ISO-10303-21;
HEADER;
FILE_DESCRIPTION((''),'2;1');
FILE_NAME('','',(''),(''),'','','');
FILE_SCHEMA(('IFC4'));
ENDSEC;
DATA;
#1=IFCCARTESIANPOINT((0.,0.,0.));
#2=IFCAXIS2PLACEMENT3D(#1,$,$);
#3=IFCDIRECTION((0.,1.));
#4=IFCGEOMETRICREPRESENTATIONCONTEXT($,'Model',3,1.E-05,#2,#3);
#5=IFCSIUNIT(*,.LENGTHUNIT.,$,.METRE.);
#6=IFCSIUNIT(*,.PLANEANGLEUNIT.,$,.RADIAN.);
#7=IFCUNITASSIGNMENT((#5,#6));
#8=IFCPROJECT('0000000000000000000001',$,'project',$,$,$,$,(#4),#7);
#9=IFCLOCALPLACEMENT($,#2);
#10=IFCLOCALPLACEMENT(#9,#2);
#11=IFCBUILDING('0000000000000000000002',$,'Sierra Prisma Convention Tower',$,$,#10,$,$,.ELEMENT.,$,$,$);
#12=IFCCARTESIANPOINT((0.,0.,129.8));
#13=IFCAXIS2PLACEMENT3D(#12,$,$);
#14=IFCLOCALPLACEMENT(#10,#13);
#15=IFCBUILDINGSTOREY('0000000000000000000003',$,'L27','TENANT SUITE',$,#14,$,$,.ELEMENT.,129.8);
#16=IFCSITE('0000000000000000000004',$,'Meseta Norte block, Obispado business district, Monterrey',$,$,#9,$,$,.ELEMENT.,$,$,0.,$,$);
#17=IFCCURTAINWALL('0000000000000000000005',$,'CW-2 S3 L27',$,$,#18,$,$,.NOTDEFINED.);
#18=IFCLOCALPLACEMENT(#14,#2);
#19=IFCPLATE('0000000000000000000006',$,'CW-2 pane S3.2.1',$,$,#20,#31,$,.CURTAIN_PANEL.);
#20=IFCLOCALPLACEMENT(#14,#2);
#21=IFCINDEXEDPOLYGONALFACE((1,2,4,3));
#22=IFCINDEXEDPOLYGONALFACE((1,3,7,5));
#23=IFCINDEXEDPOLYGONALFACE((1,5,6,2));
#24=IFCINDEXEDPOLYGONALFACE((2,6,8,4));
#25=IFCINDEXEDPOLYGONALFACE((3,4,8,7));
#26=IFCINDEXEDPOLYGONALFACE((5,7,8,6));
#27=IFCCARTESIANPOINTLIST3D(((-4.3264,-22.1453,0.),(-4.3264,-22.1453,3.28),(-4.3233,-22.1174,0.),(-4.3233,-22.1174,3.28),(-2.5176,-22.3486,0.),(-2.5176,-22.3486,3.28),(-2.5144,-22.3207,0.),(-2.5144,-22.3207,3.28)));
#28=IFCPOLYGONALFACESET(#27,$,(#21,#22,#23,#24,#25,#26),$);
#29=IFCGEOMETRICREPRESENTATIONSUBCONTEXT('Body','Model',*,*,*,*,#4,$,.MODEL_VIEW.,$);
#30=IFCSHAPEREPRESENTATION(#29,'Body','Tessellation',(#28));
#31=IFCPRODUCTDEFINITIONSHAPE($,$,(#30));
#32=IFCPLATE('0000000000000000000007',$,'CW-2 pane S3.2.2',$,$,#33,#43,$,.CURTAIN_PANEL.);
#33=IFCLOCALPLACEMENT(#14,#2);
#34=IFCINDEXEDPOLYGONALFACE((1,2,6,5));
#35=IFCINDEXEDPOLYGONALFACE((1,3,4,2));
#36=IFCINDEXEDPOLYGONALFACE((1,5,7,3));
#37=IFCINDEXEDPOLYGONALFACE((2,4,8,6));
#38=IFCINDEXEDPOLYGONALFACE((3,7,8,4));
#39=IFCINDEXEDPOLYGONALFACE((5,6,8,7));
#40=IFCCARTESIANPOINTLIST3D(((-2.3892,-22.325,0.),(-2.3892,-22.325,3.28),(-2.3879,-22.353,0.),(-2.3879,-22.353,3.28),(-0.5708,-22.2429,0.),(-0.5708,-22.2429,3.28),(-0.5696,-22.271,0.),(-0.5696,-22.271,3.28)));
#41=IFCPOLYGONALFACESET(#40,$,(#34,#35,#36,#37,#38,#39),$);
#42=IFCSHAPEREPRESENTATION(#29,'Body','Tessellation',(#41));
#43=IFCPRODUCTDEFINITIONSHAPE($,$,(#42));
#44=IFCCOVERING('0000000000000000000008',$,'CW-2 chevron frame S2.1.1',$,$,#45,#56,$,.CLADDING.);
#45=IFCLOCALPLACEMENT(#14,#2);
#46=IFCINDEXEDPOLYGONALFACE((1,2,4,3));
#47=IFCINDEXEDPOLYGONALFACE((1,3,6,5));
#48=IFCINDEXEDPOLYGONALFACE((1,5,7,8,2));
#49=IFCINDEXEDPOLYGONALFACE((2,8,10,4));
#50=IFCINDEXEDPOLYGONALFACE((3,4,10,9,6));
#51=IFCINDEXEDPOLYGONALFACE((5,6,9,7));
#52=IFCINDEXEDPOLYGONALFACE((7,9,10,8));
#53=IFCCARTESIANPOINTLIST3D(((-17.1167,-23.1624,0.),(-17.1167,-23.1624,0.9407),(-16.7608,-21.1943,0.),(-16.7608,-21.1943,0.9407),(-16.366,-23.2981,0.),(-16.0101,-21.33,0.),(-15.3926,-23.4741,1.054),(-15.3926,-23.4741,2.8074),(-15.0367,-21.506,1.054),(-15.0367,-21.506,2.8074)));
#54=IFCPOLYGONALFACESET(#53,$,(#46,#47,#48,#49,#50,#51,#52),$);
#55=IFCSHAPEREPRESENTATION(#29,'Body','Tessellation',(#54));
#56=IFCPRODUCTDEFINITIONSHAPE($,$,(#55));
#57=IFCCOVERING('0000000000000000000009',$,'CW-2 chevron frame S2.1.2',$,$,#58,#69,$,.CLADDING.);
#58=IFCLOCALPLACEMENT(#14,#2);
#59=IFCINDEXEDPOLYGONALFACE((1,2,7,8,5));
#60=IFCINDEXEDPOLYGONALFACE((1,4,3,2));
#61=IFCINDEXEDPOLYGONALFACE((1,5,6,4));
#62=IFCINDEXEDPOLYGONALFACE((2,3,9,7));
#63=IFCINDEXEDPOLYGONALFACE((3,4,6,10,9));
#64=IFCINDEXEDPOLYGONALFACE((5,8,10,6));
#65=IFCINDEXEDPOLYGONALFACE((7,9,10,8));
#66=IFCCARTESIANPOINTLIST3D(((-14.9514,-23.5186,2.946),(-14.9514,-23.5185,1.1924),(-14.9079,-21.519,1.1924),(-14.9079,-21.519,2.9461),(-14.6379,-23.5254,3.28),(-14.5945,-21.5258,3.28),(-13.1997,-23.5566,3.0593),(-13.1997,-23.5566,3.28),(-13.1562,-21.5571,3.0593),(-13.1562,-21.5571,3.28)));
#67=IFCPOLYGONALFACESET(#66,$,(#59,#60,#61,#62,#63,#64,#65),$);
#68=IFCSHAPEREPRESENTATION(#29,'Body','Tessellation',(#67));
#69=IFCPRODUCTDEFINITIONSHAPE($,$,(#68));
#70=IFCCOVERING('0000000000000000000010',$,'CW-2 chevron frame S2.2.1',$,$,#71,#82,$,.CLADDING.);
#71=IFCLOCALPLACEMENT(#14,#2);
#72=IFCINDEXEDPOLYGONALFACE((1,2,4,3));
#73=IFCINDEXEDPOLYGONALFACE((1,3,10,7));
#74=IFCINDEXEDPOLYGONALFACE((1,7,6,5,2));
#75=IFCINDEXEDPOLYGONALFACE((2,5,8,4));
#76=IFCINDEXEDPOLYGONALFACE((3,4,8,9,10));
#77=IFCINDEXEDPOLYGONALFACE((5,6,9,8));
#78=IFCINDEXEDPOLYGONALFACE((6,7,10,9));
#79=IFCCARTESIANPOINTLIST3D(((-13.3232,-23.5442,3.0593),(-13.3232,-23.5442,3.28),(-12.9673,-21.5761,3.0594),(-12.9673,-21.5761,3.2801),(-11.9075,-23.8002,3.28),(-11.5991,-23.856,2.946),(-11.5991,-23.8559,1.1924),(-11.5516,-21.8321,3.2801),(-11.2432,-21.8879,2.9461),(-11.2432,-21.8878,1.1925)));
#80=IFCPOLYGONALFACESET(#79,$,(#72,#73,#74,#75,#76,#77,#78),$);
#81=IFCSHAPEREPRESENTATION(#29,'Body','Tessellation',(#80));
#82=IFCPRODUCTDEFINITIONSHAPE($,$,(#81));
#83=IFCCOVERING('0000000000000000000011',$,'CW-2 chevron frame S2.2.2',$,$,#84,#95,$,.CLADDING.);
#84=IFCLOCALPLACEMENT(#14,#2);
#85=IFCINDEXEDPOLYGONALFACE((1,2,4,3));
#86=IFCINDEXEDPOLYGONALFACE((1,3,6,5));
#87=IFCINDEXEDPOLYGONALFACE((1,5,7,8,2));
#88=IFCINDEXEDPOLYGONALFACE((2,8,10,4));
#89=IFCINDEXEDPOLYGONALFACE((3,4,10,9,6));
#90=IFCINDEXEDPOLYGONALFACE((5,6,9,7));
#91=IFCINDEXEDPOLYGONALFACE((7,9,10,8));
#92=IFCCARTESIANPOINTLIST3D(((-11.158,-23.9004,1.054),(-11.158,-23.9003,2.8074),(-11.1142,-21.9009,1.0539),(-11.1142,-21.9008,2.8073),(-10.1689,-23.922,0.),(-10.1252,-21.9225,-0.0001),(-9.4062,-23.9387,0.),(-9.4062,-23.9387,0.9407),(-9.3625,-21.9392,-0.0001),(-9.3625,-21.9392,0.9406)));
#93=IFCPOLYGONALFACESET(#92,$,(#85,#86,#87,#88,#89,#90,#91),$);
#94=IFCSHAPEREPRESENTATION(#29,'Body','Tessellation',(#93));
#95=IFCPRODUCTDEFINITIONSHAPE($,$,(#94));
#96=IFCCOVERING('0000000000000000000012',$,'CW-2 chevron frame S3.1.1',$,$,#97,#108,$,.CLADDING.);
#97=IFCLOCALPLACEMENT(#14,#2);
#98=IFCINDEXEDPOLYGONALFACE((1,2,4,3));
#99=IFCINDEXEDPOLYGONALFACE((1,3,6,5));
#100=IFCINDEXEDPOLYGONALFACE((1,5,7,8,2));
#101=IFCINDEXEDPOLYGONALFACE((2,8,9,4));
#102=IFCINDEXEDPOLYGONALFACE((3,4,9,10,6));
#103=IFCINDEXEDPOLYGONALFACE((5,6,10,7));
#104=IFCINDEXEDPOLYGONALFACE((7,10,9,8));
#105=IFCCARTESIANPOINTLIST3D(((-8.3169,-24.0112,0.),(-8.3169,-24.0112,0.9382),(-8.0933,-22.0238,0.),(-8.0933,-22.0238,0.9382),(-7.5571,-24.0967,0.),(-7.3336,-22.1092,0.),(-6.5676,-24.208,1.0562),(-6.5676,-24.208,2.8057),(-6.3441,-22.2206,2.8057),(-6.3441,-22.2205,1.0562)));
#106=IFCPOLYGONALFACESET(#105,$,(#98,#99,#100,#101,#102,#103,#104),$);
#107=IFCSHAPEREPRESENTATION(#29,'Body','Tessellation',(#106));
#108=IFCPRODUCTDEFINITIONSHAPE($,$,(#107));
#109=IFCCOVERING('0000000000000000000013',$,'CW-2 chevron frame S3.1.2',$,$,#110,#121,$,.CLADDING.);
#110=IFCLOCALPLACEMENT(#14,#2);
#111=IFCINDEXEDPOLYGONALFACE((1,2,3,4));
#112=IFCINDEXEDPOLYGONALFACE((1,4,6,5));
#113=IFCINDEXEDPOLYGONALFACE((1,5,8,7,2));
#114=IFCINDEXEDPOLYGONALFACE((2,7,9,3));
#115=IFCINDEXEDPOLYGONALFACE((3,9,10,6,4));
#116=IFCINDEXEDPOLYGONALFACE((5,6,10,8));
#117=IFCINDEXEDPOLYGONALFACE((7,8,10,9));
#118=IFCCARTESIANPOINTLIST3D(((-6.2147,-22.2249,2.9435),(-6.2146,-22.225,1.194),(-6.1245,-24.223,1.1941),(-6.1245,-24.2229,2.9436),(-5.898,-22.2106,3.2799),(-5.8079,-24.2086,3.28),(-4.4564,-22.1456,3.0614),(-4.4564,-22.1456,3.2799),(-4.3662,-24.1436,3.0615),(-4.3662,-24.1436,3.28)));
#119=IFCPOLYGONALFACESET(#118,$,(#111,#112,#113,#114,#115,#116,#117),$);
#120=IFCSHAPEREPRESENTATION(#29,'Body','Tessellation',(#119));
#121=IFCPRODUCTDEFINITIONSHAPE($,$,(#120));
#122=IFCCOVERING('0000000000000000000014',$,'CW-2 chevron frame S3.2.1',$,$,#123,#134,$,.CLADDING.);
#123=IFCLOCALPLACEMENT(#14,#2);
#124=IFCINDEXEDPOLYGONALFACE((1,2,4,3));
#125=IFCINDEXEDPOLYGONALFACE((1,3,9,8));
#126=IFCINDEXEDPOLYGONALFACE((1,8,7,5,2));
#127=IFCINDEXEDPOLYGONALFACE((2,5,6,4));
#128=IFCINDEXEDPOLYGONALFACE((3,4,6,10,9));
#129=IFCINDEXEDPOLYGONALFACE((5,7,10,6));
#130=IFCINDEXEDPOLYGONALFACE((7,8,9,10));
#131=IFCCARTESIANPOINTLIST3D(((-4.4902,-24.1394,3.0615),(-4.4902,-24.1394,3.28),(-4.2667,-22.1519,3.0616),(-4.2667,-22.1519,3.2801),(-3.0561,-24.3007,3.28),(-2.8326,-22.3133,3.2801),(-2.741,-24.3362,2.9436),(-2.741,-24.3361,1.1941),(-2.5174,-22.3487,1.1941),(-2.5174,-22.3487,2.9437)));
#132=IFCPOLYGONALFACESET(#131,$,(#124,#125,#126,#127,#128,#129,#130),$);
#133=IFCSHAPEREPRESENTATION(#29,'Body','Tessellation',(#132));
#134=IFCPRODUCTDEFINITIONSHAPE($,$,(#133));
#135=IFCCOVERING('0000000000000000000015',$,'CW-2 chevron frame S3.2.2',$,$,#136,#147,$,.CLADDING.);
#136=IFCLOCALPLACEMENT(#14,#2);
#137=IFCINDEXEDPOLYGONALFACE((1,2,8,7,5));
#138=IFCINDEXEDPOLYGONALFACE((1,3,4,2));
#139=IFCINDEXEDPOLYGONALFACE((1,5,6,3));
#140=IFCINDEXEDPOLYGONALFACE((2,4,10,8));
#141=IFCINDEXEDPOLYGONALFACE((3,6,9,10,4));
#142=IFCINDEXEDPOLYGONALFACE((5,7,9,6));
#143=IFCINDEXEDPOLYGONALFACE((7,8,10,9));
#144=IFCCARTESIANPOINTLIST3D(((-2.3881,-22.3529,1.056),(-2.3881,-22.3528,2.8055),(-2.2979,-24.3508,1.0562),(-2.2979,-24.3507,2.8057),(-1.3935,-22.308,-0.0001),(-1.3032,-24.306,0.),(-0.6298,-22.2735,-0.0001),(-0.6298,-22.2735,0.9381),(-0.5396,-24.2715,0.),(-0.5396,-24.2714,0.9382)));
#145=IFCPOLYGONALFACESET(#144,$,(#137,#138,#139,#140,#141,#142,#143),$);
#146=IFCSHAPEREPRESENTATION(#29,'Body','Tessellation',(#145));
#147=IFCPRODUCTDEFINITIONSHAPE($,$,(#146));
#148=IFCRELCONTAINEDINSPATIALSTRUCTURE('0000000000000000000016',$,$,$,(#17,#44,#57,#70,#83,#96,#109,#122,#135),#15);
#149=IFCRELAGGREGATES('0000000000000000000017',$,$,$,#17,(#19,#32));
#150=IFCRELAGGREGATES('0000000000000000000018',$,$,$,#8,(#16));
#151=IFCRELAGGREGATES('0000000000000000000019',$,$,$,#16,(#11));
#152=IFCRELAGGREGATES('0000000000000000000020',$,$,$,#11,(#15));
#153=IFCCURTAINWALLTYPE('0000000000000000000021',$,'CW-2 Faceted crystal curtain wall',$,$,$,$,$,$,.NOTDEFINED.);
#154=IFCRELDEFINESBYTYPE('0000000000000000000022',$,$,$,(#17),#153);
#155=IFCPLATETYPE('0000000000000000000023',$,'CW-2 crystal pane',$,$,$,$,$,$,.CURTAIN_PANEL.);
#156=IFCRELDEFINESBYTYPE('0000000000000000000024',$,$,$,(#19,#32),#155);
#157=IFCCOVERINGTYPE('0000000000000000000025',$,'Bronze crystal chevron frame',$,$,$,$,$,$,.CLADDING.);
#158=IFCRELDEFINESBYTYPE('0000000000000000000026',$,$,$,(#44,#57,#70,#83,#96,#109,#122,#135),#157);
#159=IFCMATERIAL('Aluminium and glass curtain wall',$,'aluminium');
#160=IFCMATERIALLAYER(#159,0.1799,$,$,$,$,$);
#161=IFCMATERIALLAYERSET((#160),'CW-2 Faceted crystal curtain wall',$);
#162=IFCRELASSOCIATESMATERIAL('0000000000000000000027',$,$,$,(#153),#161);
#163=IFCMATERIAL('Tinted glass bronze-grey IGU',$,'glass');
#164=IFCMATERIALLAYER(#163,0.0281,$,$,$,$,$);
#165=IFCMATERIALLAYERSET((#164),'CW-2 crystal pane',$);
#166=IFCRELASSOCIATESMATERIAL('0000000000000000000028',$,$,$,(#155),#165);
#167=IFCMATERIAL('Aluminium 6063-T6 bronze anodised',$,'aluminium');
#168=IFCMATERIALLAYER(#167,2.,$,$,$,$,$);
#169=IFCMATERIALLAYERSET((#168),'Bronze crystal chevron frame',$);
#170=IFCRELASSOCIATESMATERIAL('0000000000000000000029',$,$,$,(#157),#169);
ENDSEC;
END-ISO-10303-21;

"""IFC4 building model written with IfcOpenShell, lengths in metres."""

from ifc_helpers import new_model, si_unit, direction, frame, origin, place, context, subcontext, project, spatial, polyline, outline, extrude, material, layer, layer_set, type_object, element, aggregate, save


model = new_model("IFC4")

# Units and contexts
model_context = context("Model", 3, precision=1e-05, world=origin(), true_north=direction((0.0, 1.0)))
body_context = subcontext(model_context, "Body", "Model", "MODEL_VIEW")
ifc_project = project(units=[si_unit("LENGTHUNIT", "METRE"), si_unit("PLANEANGLEUNIT", "RADIAN")], contexts=[model_context])

# Site, building, storey
site_placement = place(None, origin())
site = spatial("IfcSite", under=ifc_project, at=site_placement, Name="Meseta Norte block, Obispado business district, Monterrey", CompositionType="ELEMENT", RefElevation=0.0)
building_placement = place(site_placement, origin())
building = spatial("IfcBuilding", under=site, at=building_placement, Name="Sierra Prisma Convention Tower", CompositionType="ELEMENT")
storey_placement = place(building_placement, frame((0.0, 0.0, 129.8)))
storey = spatial("IfcBuildingStorey", under=building, at=storey_placement, Name="L27", Description="TENANT SUITE", CompositionType="ELEMENT", Elevation=129.8)

# Curtain wall
ifc_material_1 = material(Name="Aluminium and glass curtain wall", Category="aluminium")
ifc_layer_1 = layer(ifc_material_1, 0.1799)
ifc_layer_set_1 = layer_set([ifc_layer_1], Name="CW-2 Faceted crystal curtain wall")
curtain_wall_type = type_object("IfcCurtainWallType", Name="CW-2 Faceted crystal curtain wall", PredefinedType="NOTDEFINED", material=ifc_layer_set_1)
curtain_wall_1_placement = place(storey_placement, origin())
curtain_wall_1 = element("IfcCurtainWall", 1, at=curtain_wall_1_placement, inside=storey, type_object=curtain_wall_type, Name="CW-2 S3 L27", PredefinedType="NOTDEFINED")

# Shared definitions
ifc_material_2 = material(Name="Tinted glass bronze-grey IGU", Category="glass")
ifc_layer_2 = layer(ifc_material_2, 0.0281)
ifc_layer_set_2 = layer_set([ifc_layer_2], Name="CW-2 crystal pane")
plate_type = type_object("IfcPlateType", Name="CW-2 crystal pane", PredefinedType="CURTAIN_PANEL", material=ifc_layer_set_2)

# Plates
plate_1_placement = place(storey_placement, frame((-4.3264, -22.1453, 0.0), z_axis=(-0.111727, -0.993739, 0.0), x_axis=(0.993739, -0.111727, 0.0)))
plate_1 = element("IfcPlate", 2, at=plate_1_placement, type_object=plate_type, Name="CW-2 pane S3.2.1", PredefinedType="CURTAIN_PANEL", context=body_context, shape_type="SweptSolid", body=[
    extrude(outline(polyline([(0.0, 0.0), (1.8202, 0.0), (1.8202, 3.28), (0.0, 3.28), (0.0, 0.0)])), origin(), (0.0, 0.0, -1.0), 0.0281),
])
plate_2_placement = place(storey_placement, frame((-0.5696, -22.271, 0.0), z_axis=(0.045067, -0.998984, 0.0), x_axis=(-0.998984, -0.045067, 0.0)))
plate_2 = element("IfcPlate", 3, at=plate_2_placement, type_object=plate_type, Name="CW-2 pane S3.2.2", PredefinedType="CURTAIN_PANEL", context=body_context, shape_type="SweptSolid", body=[
    extrude(outline(polyline([(0.0, 0.0), (1.8202, 0.0), (1.8202, -3.28), (0.0, -3.28), (0.0, 0.0)])), origin(), (0.0, 0.0, -1.0), 0.0281),
])
aggregate(curtain_wall_1, [plate_1, plate_2])

# Coverings
ifc_material_3 = material(Name="Aluminium 6063-T6 bronze anodised", Category="aluminium")
ifc_layer_3 = layer(ifc_material_3, 2.0)
ifc_layer_set_3 = layer_set([ifc_layer_3], Name="Bronze crystal chevron frame")
covering_type = type_object("IfcCoveringType", Name="Bronze crystal chevron frame", PredefinedType="CLADDING", material=ifc_layer_set_3)
covering_1_placement = place(storey_placement, frame((-17.1167, -23.1624, 0.0), z_axis=(-0.177939, -0.984041, -0.000003), x_axis=(0.984041, -0.177939, 0.0)))
element("IfcCovering", 4, at=covering_1_placement, inside=storey, type_object=covering_type, Name="CW-2 chevron frame S2.1.1", PredefinedType="CLADDING", context=body_context, shape_type="SweptSolid", body=[
    extrude(outline(polyline([(0.0, 0.0), (0.7629, 0.0), (1.7521, 1.054), (1.7521, 2.8074), (0.0, 0.9407), (0.0, 0.0)])), origin(), (0.0, 0.0, -1.0), 2.0),
])
covering_2_placement = place(storey_placement, frame((-14.9514, -23.5186, 2.946), z_axis=(-0.021735, -0.999764, -0.000009), x_axis=(0.0, 0.000009, -1.0)))
element("IfcCovering", 5, at=covering_2_placement, inside=storey, type_object=covering_type, Name="CW-2 chevron frame S2.1.2", PredefinedType="CLADDING", context=body_context, shape_type="SweptSolid", body=[
    extrude(outline(polyline([(0.0, 0.0), (1.7537, 0.0), (-0.1133, 1.7521), (-0.334, 1.7521), (-0.334, 0.3136), (0.0, 0.0)])), origin(), (0.0, 0.0, -1.0), 2.0),
])
covering_3_placement = place(storey_placement, frame((-13.3232, -23.5442, 3.28), z_axis=(-0.177949, -0.98404, -0.000041), x_axis=(0.000007, 0.00004, -1.0)))
element("IfcCovering", 6, at=covering_3_placement, inside=storey, type_object=covering_type, Name="CW-2 chevron frame S2.2.1", PredefinedType="CLADDING", context=body_context, shape_type="SweptSolid", body=[
    extrude(outline(polyline([(0.0, 0.0), (0.2207, 0.0), (2.0876, 1.7521), (0.334, 1.7521), (0.0, 1.4387), (0.0, 0.0)])), origin(), (0.0, 0.0, -1.0), 2.0),
])
covering_4_placement = place(storey_placement, frame((-9.4062, -23.9387, 0.0), z_axis=(-0.02186, -0.999761, 0.000028), x_axis=(0.000001, 0.000028, 1.0)))
element("IfcCovering", 7, at=covering_4_placement, inside=storey, type_object=covering_type, Name="CW-2 chevron frame S2.2.2", PredefinedType="CLADDING", context=body_context, shape_type="SweptSolid", body=[
    extrude(outline(polyline([(0.0, 0.0), (0.9407, 0.0), (2.8074, 1.7521), (1.054, 1.7521), (0.0, 0.7629), (0.0, 0.0)])), origin(), (0.0, 0.0, -1.0), 2.0),
])
covering_5_placement = place(storey_placement, frame((-8.3169, -24.0112, 0.0), z_axis=(-0.111783, -0.993733, -0.000006), x_axis=(0.993733, -0.111783, 0.0)))
element("IfcCovering", 8, at=covering_5_placement, inside=storey, type_object=covering_type, Name="CW-2 chevron frame S3.1.1", PredefinedType="CLADDING", context=body_context, shape_type="SweptSolid", body=[
    extrude(outline(polyline([(0.0, 0.0), (0.7646, 0.0), (1.7603, 1.0562), (1.7603, 2.8057), (0.0, 0.9382), (0.0, 0.0)])), origin(), (0.0, 0.0, -1.0), 2.0),
])
covering_6_placement = place(storey_placement, frame((-6.1245, -24.2229, 2.9436), z_axis=(0.045071, -0.998984, 0.000051), x_axis=(0.000002, -0.000051, -1.0)))
element("IfcCovering", 9, at=covering_6_placement, inside=storey, type_object=covering_type, Name="CW-2 chevron frame S3.1.2", PredefinedType="CLADDING", context=body_context, shape_type="SweptSolid", body=[
    extrude(outline(polyline([(0.0, 0.0), (1.7495, 0.0), (-0.1179, 1.7601), (-0.3364, 1.7601), (-0.3364, 0.317), (0.0, 0.0)])), origin(), (0.0, 0.0, -1.0), 2.0),
])
covering_7_placement = place(storey_placement, frame((-4.4902, -24.1394, 3.28), z_axis=(-0.111791, -0.993732, -0.000024), x_axis=(0.000003, 0.000024, -1.0)))
element("IfcCovering", 10, at=covering_7_placement, inside=storey, type_object=covering_type, Name="CW-2 chevron frame S3.2.1", PredefinedType="CLADDING", context=body_context, shape_type="SweptSolid", body=[
    extrude(outline(polyline([(0.0, 0.0), (0.2185, 0.0), (2.0859, 1.7603), (0.3364, 1.7603), (0.0, 1.4431), (0.0, 0.0)])), origin(), (0.0, 0.0, -1.0), 2.0),
])
covering_8_placement = place(storey_placement, frame((-0.5396, -24.2715, 0.0), z_axis=(0.04512, -0.998982, 0.000065), x_axis=(-0.000003, 0.000065, 1.0)))
element("IfcCovering", 11, at=covering_8_placement, inside=storey, type_object=covering_type, Name="CW-2 chevron frame S3.2.2", PredefinedType="CLADDING", context=body_context, shape_type="SweptSolid", body=[
    extrude(outline(polyline([(0.0, 0.0), (0.9382, 0.0), (2.8057, 1.7601), (1.0562, 1.7601), (0.0, 0.7645), (0.0, 0.0)])), origin(), (0.0, 0.0, -1.0), 2.0),
])

save(model, "model.ifc")
